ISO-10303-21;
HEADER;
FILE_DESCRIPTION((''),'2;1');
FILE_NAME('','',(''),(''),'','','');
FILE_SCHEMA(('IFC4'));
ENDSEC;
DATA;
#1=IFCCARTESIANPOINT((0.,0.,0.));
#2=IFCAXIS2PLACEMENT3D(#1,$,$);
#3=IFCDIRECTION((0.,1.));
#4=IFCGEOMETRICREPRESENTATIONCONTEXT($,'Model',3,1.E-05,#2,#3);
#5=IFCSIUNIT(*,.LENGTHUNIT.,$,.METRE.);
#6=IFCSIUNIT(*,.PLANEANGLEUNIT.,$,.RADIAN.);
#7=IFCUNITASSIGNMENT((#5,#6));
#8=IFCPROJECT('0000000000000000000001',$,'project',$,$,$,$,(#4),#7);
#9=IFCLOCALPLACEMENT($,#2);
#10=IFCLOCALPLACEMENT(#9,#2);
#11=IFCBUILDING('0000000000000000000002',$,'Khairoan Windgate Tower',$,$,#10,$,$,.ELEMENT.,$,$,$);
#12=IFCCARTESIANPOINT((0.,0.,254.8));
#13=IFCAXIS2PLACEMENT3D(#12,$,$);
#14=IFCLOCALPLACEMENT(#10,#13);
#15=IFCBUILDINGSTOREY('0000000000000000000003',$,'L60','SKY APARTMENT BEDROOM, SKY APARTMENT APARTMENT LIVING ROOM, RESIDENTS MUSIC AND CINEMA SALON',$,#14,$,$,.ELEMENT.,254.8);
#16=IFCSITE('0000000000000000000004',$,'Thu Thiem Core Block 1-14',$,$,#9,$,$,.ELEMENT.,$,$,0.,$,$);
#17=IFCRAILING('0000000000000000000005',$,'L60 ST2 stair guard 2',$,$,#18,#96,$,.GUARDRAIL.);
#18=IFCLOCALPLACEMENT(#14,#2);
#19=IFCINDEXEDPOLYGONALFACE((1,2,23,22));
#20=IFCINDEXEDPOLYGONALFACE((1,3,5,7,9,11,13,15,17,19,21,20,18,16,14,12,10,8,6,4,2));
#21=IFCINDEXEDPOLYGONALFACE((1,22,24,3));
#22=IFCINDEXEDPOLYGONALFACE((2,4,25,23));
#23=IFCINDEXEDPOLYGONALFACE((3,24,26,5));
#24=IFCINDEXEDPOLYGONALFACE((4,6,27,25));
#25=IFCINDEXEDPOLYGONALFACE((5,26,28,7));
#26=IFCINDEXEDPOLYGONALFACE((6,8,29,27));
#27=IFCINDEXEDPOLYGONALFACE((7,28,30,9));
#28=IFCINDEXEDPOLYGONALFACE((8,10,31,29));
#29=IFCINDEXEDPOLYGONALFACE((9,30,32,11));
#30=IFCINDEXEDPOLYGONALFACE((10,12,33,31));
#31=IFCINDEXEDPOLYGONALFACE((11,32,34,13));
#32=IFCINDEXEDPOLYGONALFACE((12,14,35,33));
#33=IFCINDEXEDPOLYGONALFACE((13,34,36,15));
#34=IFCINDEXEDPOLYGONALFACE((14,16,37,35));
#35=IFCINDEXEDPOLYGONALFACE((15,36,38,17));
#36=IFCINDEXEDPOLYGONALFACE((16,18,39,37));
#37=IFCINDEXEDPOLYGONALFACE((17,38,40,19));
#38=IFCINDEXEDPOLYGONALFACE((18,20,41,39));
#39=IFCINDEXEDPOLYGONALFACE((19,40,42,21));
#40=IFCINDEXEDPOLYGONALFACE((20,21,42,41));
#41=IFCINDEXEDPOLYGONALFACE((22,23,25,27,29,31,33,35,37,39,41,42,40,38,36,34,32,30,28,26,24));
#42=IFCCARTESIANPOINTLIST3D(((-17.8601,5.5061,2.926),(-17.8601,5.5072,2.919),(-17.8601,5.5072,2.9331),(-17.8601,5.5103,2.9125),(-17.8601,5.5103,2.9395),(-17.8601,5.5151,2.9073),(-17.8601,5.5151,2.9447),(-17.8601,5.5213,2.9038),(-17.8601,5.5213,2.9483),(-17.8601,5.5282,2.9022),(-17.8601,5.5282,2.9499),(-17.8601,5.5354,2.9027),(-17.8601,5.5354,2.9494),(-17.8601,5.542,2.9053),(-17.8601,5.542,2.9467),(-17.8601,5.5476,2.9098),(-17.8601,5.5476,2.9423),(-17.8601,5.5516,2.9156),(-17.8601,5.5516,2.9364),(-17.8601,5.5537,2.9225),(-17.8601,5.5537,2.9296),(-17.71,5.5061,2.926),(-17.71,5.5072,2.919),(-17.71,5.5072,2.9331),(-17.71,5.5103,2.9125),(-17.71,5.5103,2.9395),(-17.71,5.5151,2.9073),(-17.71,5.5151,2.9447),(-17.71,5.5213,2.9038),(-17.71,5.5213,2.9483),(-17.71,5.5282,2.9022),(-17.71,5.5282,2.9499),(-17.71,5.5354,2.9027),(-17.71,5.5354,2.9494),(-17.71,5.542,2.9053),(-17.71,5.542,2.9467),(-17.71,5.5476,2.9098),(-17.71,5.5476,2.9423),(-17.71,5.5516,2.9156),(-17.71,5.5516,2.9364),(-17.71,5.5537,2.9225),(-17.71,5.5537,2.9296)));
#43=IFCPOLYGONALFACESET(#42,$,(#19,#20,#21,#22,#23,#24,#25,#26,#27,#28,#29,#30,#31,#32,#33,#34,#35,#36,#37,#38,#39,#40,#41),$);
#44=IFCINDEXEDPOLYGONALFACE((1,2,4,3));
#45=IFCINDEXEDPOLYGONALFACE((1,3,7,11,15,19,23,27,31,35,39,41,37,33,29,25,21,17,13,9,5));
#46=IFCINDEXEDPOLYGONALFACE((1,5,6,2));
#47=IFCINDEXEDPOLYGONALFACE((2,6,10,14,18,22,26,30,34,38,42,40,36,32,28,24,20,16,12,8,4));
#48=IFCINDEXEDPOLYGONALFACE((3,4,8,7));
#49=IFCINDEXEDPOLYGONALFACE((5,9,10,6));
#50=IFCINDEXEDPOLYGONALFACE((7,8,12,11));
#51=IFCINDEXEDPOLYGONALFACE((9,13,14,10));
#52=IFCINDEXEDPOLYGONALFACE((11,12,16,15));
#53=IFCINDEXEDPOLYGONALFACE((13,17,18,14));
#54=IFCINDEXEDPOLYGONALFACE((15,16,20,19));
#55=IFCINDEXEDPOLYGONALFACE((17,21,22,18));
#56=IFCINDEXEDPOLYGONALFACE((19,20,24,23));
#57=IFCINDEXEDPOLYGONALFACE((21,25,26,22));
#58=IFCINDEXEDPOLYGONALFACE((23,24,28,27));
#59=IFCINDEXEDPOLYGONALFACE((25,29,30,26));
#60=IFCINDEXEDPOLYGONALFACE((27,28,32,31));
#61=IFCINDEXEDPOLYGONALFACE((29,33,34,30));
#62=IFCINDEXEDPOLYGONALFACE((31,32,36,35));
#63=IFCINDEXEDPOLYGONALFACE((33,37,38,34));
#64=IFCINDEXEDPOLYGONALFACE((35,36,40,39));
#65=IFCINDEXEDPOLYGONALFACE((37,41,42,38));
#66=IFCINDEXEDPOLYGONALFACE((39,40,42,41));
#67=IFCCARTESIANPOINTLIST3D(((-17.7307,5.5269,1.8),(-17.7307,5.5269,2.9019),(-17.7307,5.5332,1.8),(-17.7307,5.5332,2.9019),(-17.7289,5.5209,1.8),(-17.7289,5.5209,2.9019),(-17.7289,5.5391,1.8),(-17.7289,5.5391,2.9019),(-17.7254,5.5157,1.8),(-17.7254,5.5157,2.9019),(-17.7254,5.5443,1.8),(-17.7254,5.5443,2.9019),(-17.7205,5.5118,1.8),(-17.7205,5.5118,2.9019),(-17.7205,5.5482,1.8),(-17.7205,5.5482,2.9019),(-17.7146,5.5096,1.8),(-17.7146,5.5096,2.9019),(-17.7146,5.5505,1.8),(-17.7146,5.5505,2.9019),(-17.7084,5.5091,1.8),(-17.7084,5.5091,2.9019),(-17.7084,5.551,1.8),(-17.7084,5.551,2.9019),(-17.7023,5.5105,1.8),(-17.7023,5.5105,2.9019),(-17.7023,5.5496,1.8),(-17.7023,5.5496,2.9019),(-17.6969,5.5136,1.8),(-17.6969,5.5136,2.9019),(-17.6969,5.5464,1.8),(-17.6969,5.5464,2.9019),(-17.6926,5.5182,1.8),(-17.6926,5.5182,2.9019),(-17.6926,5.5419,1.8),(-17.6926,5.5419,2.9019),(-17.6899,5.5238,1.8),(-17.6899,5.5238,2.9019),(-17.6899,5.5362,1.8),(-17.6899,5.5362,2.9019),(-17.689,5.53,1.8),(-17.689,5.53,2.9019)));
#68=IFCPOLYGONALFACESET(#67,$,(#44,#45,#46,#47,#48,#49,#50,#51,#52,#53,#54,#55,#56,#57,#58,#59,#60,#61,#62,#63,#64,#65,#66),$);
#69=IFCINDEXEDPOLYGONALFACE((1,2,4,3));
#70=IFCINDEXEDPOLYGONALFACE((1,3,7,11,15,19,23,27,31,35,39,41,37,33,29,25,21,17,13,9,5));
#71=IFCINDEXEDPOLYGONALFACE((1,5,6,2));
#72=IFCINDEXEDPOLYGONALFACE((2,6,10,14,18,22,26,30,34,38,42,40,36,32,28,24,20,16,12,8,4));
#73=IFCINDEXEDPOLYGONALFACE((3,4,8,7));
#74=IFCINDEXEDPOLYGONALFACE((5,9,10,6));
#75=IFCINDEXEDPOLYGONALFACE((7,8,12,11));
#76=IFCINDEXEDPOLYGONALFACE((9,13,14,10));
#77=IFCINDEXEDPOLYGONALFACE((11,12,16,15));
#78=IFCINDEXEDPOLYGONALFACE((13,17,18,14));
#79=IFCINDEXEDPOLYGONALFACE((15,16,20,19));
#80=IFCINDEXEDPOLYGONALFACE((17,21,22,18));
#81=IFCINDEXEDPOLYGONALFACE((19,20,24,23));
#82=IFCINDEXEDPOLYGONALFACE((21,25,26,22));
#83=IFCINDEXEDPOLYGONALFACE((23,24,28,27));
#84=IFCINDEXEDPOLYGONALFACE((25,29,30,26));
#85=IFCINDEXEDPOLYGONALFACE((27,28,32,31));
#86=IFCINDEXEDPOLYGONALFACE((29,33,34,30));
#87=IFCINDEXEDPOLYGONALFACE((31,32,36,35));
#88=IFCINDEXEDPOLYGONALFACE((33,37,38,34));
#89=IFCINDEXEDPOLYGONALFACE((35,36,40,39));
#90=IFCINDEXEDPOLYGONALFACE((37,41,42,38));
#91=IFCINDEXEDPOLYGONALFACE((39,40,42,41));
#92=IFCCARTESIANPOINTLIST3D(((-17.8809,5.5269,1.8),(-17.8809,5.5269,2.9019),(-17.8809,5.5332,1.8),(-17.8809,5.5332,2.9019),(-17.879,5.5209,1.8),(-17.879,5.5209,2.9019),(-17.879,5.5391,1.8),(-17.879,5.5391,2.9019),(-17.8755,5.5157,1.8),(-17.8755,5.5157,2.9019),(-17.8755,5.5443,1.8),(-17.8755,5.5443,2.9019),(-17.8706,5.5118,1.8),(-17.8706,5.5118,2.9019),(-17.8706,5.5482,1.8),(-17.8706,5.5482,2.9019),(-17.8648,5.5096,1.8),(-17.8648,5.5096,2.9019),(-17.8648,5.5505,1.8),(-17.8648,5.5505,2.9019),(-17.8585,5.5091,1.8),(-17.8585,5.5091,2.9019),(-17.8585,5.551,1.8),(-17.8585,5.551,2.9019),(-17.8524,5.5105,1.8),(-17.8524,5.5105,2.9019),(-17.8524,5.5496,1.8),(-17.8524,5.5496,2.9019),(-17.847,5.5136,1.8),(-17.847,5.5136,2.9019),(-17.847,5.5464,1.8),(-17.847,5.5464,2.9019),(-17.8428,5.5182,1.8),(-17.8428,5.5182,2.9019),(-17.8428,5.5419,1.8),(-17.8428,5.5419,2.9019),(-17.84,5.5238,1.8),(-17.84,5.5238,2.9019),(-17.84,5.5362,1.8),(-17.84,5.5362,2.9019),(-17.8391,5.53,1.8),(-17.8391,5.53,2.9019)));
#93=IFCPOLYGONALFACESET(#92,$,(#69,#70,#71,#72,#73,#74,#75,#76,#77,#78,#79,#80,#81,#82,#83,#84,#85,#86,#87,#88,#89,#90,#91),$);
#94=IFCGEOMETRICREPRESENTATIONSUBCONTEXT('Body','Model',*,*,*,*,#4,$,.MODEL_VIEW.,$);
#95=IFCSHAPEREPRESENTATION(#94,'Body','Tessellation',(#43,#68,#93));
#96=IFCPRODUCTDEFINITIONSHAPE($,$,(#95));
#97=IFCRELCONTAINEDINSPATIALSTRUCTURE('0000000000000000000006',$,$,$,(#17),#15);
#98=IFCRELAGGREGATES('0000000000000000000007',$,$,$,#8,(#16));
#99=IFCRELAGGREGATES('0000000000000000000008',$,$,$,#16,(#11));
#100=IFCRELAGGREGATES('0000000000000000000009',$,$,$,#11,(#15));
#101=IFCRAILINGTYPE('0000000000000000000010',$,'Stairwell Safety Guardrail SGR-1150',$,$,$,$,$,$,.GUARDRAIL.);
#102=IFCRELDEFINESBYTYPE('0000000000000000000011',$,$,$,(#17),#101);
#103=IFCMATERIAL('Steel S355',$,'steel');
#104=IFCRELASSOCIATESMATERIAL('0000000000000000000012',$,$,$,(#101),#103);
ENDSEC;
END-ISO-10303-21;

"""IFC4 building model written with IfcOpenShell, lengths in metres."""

from ifc_helpers import new_model, si_unit, direction, frame, origin, origin_2d, place, context, subcontext, project, spatial, circle, extrude, material, type_object, element, save


model = new_model("IFC4")

# Units and contexts
model_context = context("Model", 3, precision=1e-05, world=origin(), true_north=direction((0.0, 1.0)))
body_context = subcontext(model_context, "Body", "Model", "MODEL_VIEW")
ifc_project = project(units=[si_unit("LENGTHUNIT", "METRE"), si_unit("PLANEANGLEUNIT", "RADIAN")], contexts=[model_context])

# Site, building, storey
site_placement = place(None, origin())
site = spatial("IfcSite", under=ifc_project, at=site_placement, Name="Thu Thiem Core Block 1-14", CompositionType="ELEMENT", RefElevation=0.0)
building_placement = place(site_placement, origin())
building = spatial("IfcBuilding", under=site, at=building_placement, Name="Khairoan Windgate Tower", CompositionType="ELEMENT")
storey_placement = place(building_placement, frame((0.0, 0.0, 254.8)))
storey = spatial("IfcBuildingStorey", under=building, at=storey_placement, Name="L60", Description="SKY APARTMENT BEDROOM, SKY APARTMENT APARTMENT LIVING ROOM, RESIDENTS MUSIC AND CINEMA SALON", CompositionType="ELEMENT", Elevation=254.8)

# Railing
ifc_material_1 = material(Name="Steel S355", Category="steel")
railing_type_1 = type_object("IfcRailingType", Name="Stairwell Safety Guardrail SGR-1150", PredefinedType="GUARDRAIL", material=ifc_material_1)
railing_1_placement = place(storey_placement, frame((-17.71, 5.53, 1.8)))
element("IfcRailing", 1, at=railing_1_placement, inside=storey, type_object=railing_type_1, Name="L60 ST2 stair guard 2", PredefinedType="GUARDRAIL", context=body_context, shape_type="SweptSolid", body=[
    extrude(circle(Radius=0.0239, at=origin_2d()), frame((0.0, 0.0, 1.126), z_axis=(-1.0, 0.0, 0.0), x_axis=(0.0, -1.0, 0.0)), (0.0, 0.0, 1.0), 0.1501),
    extrude(circle(Radius=0.021, at=origin_2d()), origin(), (0.0, 0.0, 1.0), 1.1018),
    extrude(circle(Radius=0.021, at=origin_2d()), frame((-0.1501, 0.0, 0.0)), (0.0, 0.0, 1.0), 1.1018),
])

save(model, "model.ifc")
